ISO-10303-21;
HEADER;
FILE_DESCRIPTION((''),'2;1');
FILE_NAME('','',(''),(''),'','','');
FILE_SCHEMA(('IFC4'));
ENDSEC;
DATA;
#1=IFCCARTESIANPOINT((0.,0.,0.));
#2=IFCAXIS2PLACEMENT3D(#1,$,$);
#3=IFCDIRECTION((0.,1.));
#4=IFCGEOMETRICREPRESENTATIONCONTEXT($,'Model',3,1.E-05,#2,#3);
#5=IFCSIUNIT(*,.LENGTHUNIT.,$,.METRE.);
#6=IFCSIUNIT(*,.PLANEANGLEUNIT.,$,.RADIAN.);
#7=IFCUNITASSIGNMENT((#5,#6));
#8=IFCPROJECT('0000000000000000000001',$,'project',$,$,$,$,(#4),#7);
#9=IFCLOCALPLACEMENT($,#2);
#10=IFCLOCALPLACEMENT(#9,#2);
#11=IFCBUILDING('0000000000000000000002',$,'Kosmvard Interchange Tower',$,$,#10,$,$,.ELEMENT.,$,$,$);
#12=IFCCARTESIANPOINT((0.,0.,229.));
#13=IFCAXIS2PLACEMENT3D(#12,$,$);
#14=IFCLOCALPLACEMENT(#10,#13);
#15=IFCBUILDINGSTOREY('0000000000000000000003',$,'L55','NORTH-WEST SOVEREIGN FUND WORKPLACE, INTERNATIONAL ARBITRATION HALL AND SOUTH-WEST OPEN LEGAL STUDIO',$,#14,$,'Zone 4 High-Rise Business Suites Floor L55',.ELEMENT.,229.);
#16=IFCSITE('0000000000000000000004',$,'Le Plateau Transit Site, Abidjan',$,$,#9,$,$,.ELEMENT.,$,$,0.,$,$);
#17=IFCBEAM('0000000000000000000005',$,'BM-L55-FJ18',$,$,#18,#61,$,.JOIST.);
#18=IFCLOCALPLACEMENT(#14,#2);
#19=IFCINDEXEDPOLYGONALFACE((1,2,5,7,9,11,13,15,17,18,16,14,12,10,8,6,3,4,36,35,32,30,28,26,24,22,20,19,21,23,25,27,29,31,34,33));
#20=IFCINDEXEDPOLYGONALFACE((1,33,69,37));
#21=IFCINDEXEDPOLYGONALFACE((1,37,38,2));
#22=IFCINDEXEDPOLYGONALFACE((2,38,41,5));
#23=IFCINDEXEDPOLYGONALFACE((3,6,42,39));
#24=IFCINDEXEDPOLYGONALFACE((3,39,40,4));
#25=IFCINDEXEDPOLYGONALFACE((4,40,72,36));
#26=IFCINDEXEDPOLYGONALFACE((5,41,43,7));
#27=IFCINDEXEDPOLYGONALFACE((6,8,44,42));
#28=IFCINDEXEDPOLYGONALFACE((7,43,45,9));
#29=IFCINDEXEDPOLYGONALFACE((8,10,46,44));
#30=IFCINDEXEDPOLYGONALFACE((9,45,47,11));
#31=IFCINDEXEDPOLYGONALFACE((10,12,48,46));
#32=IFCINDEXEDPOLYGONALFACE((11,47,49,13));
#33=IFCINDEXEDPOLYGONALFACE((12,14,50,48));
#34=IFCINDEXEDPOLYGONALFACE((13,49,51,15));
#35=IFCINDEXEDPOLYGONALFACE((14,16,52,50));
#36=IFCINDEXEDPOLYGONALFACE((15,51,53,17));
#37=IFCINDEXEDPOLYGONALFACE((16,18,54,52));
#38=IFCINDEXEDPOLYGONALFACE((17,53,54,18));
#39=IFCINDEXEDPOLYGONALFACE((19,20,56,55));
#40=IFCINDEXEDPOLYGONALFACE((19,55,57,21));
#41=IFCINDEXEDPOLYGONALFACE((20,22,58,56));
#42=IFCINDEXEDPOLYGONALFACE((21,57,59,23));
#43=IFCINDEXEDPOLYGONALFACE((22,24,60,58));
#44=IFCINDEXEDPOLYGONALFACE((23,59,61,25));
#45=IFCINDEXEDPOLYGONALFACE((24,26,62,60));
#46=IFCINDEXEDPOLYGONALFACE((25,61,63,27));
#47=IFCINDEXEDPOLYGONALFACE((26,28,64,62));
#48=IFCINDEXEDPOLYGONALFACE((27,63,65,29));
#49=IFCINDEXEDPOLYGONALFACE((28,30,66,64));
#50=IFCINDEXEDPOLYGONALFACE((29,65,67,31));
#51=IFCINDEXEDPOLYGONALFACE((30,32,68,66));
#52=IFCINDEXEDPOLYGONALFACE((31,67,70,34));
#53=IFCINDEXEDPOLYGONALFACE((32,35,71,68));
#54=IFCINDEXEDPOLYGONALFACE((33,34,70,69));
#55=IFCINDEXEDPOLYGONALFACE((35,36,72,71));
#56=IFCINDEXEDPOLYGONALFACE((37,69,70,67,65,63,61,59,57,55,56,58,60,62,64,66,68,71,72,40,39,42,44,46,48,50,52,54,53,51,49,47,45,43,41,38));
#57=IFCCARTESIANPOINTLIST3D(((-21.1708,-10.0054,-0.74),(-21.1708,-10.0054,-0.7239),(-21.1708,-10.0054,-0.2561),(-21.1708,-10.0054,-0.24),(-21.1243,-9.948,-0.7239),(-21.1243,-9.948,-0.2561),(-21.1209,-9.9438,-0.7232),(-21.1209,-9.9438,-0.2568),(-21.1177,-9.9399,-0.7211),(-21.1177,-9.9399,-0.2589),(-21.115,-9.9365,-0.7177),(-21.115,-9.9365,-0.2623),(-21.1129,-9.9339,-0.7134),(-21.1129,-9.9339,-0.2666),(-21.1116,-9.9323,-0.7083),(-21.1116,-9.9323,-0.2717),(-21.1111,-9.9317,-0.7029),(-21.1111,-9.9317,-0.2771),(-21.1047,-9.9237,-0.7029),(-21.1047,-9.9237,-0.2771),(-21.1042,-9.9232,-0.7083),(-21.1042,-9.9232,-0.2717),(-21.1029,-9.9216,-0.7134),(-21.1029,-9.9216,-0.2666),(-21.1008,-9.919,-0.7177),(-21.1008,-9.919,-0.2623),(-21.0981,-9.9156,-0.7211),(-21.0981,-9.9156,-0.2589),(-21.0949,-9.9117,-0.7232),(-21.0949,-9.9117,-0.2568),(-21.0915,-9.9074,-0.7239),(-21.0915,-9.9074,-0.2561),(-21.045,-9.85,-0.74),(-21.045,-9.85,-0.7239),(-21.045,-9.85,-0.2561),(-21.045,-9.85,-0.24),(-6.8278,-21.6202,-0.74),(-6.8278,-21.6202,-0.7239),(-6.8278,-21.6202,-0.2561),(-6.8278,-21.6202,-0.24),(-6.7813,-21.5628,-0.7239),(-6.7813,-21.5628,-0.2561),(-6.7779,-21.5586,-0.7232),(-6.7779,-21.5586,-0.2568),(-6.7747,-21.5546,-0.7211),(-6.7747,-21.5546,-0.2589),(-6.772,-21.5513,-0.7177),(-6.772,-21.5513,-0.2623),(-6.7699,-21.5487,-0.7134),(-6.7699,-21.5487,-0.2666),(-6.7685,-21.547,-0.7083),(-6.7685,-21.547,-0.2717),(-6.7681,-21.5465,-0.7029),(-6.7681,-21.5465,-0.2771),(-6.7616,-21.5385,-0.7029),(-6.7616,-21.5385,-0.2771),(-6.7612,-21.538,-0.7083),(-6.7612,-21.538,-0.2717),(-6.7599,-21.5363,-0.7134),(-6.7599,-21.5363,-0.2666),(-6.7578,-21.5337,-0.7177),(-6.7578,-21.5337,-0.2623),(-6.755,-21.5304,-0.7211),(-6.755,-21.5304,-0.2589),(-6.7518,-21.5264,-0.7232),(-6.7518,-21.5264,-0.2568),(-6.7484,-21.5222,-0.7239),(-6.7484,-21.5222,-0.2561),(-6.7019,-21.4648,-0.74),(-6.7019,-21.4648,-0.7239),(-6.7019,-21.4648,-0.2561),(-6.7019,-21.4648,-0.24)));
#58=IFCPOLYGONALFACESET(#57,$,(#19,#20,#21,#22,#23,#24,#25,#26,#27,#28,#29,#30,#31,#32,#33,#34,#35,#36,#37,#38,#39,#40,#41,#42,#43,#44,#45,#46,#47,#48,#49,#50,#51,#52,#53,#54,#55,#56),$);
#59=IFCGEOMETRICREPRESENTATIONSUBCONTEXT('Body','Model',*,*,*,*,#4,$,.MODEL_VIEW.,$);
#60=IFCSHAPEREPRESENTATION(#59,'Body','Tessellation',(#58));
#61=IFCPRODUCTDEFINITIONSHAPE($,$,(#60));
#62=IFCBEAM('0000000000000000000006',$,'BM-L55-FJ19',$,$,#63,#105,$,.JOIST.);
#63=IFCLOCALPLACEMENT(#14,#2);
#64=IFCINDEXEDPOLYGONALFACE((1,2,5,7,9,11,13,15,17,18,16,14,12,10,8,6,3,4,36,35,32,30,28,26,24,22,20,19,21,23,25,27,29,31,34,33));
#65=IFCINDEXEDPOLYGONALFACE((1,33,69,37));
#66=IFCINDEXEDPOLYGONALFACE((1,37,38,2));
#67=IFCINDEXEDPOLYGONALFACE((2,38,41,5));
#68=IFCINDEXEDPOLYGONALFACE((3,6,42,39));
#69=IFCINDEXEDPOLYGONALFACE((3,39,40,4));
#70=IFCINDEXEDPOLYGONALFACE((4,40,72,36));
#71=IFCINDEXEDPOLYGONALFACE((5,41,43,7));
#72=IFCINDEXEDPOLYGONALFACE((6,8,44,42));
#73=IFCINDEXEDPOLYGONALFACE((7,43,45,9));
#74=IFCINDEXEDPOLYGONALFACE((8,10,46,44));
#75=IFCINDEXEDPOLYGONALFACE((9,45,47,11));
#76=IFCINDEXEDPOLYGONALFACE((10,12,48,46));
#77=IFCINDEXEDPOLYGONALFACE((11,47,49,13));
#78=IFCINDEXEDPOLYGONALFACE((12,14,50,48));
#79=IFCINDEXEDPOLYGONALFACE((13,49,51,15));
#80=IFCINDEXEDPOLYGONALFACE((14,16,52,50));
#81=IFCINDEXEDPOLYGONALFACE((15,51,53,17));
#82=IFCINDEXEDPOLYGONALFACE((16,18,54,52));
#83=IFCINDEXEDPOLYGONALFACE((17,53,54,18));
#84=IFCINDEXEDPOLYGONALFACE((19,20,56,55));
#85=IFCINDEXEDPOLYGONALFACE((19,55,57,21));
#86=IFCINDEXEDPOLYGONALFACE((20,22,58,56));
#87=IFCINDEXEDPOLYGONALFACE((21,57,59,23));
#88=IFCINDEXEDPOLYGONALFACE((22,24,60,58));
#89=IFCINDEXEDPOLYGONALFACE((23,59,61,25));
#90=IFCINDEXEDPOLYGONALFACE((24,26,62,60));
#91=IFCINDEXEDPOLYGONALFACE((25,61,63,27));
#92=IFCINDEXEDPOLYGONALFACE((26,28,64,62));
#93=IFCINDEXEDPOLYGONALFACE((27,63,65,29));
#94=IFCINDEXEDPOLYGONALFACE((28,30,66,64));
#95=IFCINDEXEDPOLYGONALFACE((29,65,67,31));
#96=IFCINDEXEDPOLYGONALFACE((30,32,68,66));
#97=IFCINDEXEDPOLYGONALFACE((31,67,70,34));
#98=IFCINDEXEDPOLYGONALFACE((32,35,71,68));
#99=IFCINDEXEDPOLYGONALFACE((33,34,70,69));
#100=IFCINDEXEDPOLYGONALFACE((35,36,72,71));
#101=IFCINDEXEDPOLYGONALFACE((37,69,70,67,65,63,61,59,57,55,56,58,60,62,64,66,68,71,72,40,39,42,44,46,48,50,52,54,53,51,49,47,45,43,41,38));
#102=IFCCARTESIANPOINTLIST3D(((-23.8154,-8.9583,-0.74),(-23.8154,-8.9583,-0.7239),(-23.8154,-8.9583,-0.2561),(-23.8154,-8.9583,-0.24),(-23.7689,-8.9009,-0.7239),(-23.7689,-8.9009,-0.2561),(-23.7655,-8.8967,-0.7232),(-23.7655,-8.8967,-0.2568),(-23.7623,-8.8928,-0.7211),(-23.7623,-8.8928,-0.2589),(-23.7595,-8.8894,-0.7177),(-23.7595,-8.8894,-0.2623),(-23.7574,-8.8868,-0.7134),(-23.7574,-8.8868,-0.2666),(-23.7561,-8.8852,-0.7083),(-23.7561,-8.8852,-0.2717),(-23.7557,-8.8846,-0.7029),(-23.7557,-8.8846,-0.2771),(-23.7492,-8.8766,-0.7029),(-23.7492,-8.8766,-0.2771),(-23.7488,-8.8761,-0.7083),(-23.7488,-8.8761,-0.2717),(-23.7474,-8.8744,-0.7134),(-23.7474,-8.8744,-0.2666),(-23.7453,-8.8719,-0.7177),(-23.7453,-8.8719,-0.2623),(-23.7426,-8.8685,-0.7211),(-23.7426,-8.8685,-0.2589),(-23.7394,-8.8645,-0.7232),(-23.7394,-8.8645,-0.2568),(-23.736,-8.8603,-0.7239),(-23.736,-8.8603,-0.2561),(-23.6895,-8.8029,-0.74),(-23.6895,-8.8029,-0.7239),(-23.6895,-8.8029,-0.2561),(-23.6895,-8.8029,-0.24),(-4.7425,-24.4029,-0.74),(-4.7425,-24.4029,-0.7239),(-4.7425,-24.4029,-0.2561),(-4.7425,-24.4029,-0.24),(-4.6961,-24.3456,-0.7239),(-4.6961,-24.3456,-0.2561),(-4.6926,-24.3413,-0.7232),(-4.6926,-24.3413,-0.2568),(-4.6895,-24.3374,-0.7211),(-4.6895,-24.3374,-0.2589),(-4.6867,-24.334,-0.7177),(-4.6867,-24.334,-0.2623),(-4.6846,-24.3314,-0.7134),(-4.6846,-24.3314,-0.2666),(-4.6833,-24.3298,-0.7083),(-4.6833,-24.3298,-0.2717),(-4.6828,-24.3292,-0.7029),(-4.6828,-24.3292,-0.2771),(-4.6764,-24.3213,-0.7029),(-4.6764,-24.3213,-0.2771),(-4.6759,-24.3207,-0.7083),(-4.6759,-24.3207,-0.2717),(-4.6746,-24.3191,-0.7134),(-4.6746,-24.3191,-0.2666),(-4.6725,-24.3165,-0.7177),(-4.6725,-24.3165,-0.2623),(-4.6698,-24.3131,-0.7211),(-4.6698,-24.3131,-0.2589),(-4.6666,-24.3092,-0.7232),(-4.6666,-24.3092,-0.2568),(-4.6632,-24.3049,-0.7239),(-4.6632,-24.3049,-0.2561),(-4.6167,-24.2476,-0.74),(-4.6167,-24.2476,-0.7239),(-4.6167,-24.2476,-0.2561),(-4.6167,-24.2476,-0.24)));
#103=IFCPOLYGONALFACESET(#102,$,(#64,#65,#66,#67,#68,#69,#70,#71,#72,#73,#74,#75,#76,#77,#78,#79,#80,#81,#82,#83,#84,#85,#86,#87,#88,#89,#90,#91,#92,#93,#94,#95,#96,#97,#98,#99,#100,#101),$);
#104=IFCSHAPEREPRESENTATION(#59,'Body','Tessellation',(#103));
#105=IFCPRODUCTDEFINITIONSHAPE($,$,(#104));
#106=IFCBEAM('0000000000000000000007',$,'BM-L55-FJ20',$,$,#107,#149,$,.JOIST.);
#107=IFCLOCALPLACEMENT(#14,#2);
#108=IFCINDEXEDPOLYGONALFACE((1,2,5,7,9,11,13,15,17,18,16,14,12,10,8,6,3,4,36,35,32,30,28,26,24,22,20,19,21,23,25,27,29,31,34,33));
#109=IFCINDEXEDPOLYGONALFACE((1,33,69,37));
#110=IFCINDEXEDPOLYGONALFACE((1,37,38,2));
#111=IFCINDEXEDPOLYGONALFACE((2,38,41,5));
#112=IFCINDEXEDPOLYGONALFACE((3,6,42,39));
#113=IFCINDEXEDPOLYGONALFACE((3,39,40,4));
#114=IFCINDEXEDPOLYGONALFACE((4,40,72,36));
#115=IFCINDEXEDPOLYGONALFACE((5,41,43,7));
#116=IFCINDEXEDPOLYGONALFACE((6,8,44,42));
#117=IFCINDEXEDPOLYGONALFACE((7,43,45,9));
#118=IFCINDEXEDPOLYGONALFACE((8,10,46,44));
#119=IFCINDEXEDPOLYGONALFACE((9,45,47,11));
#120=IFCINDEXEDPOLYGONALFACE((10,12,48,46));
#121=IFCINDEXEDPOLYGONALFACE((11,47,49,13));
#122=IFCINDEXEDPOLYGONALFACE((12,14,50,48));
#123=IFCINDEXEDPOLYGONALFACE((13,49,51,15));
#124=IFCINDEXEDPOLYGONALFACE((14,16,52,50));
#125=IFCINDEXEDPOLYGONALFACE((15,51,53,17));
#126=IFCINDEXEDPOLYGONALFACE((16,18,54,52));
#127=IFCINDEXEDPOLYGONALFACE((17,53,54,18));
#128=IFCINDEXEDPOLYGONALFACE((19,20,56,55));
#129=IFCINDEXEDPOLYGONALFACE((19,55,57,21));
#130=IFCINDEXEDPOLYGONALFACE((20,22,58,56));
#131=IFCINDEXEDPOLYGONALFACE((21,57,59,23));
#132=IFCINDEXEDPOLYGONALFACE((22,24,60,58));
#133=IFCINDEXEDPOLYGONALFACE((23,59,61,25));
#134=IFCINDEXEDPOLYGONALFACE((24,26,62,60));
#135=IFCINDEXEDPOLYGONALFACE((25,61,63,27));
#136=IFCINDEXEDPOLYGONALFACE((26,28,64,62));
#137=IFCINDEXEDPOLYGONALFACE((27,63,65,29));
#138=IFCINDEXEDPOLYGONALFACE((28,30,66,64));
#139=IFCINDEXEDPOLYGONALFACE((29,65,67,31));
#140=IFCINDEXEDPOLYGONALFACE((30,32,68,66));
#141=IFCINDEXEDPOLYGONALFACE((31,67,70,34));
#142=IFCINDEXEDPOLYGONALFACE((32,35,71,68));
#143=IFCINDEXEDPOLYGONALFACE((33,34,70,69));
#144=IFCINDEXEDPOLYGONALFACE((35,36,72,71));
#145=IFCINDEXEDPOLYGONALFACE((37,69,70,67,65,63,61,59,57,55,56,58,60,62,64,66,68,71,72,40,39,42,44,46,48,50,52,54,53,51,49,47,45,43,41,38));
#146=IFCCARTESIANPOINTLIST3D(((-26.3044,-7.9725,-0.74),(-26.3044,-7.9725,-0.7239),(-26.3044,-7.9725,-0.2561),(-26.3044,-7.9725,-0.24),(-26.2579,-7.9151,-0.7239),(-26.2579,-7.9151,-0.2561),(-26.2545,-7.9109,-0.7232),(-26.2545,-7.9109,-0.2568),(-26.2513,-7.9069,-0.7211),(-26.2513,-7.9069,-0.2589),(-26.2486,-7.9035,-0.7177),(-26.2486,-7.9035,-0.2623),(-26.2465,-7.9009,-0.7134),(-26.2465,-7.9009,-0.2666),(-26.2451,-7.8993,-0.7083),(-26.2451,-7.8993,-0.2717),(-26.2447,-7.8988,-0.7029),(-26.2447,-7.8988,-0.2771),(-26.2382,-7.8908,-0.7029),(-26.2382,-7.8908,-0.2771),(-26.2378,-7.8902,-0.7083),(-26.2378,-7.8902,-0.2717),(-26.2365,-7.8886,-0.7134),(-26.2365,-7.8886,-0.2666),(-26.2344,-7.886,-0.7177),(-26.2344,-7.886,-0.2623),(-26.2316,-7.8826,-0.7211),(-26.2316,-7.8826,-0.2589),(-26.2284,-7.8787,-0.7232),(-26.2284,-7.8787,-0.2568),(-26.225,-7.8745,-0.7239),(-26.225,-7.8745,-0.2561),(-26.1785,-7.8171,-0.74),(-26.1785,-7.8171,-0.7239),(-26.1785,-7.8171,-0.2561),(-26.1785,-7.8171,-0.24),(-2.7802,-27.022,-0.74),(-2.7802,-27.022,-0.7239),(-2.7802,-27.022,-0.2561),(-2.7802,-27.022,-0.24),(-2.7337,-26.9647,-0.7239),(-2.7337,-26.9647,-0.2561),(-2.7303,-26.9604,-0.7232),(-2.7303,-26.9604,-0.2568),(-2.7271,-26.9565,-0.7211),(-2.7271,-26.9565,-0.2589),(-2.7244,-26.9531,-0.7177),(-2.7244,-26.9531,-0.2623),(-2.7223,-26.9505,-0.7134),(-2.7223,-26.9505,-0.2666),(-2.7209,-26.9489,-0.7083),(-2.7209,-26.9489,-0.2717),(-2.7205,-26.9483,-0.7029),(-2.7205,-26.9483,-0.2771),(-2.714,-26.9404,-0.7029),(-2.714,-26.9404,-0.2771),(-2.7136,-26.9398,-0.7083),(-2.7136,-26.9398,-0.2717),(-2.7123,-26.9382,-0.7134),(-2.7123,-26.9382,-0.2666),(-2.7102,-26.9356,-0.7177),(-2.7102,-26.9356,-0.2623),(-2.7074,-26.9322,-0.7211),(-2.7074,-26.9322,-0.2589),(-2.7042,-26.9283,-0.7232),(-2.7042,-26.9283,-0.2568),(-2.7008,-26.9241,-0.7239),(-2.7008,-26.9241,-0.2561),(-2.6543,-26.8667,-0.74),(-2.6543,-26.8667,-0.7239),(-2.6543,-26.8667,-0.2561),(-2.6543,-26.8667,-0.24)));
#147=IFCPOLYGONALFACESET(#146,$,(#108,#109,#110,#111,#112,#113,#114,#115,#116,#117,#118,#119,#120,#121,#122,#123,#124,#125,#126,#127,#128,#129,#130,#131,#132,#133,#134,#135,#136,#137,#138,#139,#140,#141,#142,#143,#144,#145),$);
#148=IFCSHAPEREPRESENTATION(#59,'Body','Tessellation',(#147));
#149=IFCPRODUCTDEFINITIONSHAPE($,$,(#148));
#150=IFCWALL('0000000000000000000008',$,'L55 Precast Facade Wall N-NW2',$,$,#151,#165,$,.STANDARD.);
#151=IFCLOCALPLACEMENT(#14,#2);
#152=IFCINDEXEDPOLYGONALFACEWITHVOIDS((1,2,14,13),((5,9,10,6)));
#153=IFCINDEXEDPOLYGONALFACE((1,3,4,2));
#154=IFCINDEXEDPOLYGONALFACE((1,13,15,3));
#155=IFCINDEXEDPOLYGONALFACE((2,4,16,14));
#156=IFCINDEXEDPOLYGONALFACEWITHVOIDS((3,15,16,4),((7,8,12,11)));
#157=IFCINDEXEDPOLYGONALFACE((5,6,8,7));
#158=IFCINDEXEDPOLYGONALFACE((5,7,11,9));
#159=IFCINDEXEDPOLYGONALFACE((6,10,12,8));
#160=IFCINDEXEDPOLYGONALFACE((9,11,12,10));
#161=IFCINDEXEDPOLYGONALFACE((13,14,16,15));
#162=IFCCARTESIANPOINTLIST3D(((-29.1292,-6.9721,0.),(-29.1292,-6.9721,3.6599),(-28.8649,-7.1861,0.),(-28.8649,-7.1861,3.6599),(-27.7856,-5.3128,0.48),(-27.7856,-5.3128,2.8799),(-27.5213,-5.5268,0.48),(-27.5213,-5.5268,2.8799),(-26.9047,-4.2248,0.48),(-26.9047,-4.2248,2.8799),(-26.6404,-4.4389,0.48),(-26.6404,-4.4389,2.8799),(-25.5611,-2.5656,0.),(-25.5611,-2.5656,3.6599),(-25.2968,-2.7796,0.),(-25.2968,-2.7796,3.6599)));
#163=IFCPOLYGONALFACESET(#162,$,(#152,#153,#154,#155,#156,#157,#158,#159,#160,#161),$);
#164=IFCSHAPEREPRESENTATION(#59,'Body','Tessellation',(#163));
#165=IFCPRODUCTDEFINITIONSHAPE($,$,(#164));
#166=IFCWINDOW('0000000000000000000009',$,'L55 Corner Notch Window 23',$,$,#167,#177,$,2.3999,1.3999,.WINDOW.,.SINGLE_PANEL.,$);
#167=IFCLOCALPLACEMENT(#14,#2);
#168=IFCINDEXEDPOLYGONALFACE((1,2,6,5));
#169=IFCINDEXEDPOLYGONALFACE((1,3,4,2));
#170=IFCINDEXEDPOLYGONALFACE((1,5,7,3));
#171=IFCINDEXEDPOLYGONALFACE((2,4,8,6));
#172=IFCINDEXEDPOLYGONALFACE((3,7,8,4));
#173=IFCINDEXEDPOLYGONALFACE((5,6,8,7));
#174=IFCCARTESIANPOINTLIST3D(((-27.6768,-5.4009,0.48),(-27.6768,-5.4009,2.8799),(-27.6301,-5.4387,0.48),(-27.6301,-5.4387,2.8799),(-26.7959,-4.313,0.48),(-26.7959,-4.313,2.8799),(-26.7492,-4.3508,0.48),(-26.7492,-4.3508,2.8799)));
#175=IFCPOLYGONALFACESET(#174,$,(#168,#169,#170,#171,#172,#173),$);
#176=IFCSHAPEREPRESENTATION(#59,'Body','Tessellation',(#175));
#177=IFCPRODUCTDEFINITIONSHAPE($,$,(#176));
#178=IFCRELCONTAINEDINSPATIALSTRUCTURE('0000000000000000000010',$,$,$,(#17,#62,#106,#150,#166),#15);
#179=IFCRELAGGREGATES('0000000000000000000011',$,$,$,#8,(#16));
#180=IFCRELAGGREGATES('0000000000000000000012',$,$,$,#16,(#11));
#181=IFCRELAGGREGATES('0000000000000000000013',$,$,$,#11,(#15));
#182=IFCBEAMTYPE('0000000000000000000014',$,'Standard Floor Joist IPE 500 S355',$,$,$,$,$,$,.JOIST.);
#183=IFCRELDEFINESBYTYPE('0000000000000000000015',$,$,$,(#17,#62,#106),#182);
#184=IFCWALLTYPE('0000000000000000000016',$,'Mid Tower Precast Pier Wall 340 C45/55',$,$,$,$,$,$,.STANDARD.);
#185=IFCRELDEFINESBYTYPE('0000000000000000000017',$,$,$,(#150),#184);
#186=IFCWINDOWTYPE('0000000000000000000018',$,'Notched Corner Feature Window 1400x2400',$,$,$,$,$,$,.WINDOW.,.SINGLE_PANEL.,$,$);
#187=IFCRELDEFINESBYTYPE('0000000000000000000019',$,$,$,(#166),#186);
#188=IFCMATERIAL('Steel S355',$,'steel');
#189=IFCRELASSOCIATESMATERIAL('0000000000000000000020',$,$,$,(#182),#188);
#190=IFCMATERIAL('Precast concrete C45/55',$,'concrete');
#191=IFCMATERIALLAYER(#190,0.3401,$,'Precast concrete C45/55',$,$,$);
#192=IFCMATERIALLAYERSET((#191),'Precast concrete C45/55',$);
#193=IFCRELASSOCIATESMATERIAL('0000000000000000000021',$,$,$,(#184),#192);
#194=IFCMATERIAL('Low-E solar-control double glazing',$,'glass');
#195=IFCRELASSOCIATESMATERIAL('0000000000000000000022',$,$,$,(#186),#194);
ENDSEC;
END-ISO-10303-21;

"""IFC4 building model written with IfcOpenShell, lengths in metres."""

from ifc_helpers import new_model, si_unit, direction, frame, frame_2d, origin, origin_2d, place, context, subcontext, project, spatial, rectangle, i_section, extrude, source, transform, mapped, material, layer, layer_set, material_profile, profile_set, type_object, element, fill, save


model = new_model("IFC4")

# Units and contexts
model_context = context("Model", 3, precision=1e-05, world=origin(), true_north=direction((0.0, 1.0)))
body_context = subcontext(model_context, "Body", "Model", "MODEL_VIEW")
ifc_project = project(units=[si_unit("LENGTHUNIT", "METRE"), si_unit("PLANEANGLEUNIT", "RADIAN")], contexts=[model_context])

# Site, building, storey
site_placement = place(None, origin())
site = spatial("IfcSite", under=ifc_project, at=site_placement, Name="Le Plateau Transit Site, Abidjan", CompositionType="ELEMENT", RefElevation=0.0)
building_placement = place(site_placement, origin())
building = spatial("IfcBuilding", under=site, at=building_placement, Name="Kosmvard Interchange Tower", CompositionType="ELEMENT")
storey_placement = place(building_placement, frame((0.0, 0.0, 229.0)))
storey = spatial("IfcBuildingStorey", under=building, at=storey_placement, Name="L55", Description="NORTH-WEST SOVEREIGN FUND WORKPLACE, INTERNATIONAL ARBITRATION HALL AND SOUTH-WEST OPEN LEGAL STUDIO", LongName="Zone 4 High-Rise Business Suites Floor L55", CompositionType="ELEMENT", Elevation=229.0)

# Beams
ifc_material_1 = material(Name="Steel S355", Category="steel")
ifc_material_profile_1 = material_profile(ifc_material_1, i_section(OverallWidth=0.2, OverallDepth=0.5, WebThickness=0.0103, FlangeThickness=0.0161, FilletRadius=0.021, at=origin_2d()), Name="IPE 500")
ifc_profile_set_1 = profile_set([ifc_material_profile_1], Name="Steel S355")
beam_type_1 = type_object("IfcBeamType", Name="Standard Floor Joist IPE 500 S355", PredefinedType="JOIST", material=ifc_profile_set_1)
shared_shape_1 = source(origin(), body_context, "Body", "SweptSolid", [
    extrude(i_section(OverallWidth=0.2, OverallDepth=0.5, WebThickness=0.0103, FlangeThickness=0.0161, FilletRadius=0.021, at=origin_2d()), origin(), (0.0, 0.0, 1.0), 18.4561),
])
beam_1_placement = place(storey_placement, frame((-21.1079, -9.9277, -0.49), z_axis=(0.777146, -0.62932, 0.0), x_axis=(0.62932, 0.777146, 0.0)))
element("IfcBeam", 1, at=beam_1_placement, inside=storey, type_object=beam_type_1, Name="BM-L55-FJ18", PredefinedType="JOIST", context=body_context, shape_type="MappedRepresentation", body=[
    mapped(shared_shape_1, transform((0.0, 0.0, 0.0), scale=1.0)),
])
shared_shape_2 = source(origin(), body_context, "Body", "SweptSolid", [
    extrude(i_section(OverallWidth=0.2, OverallDepth=0.5, WebThickness=0.0103, FlangeThickness=0.0161, FilletRadius=0.021, at=origin_2d()), origin(), (0.0, 0.0, 1.0), 24.542),
])
beam_2_placement = place(storey_placement, frame((-23.7524, -8.8806, -0.49), z_axis=(0.777151, -0.629315, 0.0), x_axis=(0.629315, 0.777151, 0.0)))
element("IfcBeam", 2, at=beam_2_placement, inside=storey, type_object=beam_type_1, Name="BM-L55-FJ19", PredefinedType="JOIST", context=body_context, shape_type="MappedRepresentation", body=[
    mapped(shared_shape_2, transform((0.0, 0.0, 0.0), scale=1.0)),
])
shared_shape_3 = source(origin(), body_context, "Body", "SweptSolid", [
    extrude(i_section(OverallWidth=0.2, OverallDepth=0.5, WebThickness=0.0103, FlangeThickness=0.0161, FilletRadius=0.021, at=origin_2d()), origin(), (0.0, 0.0, 1.0), 30.27),
])
beam_3_placement = place(storey_placement, frame((-26.2415, -7.8948, -0.49), z_axis=(0.777145, -0.629322, 0.0), x_axis=(0.629322, 0.777145, 0.0)))
element("IfcBeam", 3, at=beam_3_placement, inside=storey, type_object=beam_type_1, Name="BM-L55-FJ20", PredefinedType="JOIST", context=body_context, shape_type="MappedRepresentation", body=[
    mapped(shared_shape_3, transform((0.0, 0.0, 0.0), scale=1.0)),
])

# Wall, opening, window
ifc_material_2 = material(Name="Precast concrete C45/55", Category="concrete")
ifc_layer_1 = layer(ifc_material_2, 0.3401, Name="Precast concrete C45/55")
ifc_layer_set_1 = layer_set([ifc_layer_1], Name="Precast concrete C45/55")
wall_type_1 = type_object("IfcWallType", Name="Mid Tower Precast Pier Wall 340 C45/55", PredefinedType="STANDARD", material=ifc_layer_set_1)
wall_1_placement = place(storey_placement, frame((-25.429, -2.6726, 0.0), z_axis=(0.0, 0.0, 1.0), x_axis=(-0.6293, -0.777163, 0.0)))
wall_1 = element("IfcWall", 4, at=wall_1_placement, inside=storey, type_object=wall_type_1, Name="L55 Precast Facade Wall N-NW2", PredefinedType="STANDARD", context=body_context, shape_type="SweptSolid", body=[
    extrude(rectangle(XDim=5.6699, YDim=0.3401, at=frame_2d((2.835, 0.0))), origin(), (0.0, 0.0, 1.0), 3.6599),
])
opening_1_placement = place(wall_1_placement, frame((2.135, 0.0, 0.48)))
opening_1 = element("IfcOpeningElement", 5, at=opening_1_placement, cuts=wall_1, PredefinedType="OPENING", context=body_context, shape_type="SweptSolid", body=[
    extrude(rectangle(XDim=1.3999, YDim=2.3999, at=frame_2d((0.7, 1.2))), frame((0.0, 0.1802, 0.0), z_axis=(0.0, -1.0, 0.0), x_axis=(1.0, 0.0, 0.0)), (0.0, 0.0, 1.0), 0.3601),
])
ifc_material_3 = material(Name="Low-E solar-control double glazing", Category="glass")
window_type_1 = type_object("IfcWindowType", Name="Notched Corner Feature Window 1400x2400", PartitioningType="SINGLE_PANEL", PredefinedType="WINDOW", material=ifc_material_3)
shared_shape_4 = source(origin(), body_context, "Body", "SweptSolid", [
    extrude(rectangle(XDim=1.3999, YDim=2.3999, at=frame_2d((0.7, 1.2))), frame((0.0, 0.03, 0.0), z_axis=(0.0, -1.0, 0.0), x_axis=(1.0, 0.0, 0.0)), (0.0, 0.0, 1.0), 0.0601),
])
window_1_placement = place(opening_1_placement, origin())
window_1 = element("IfcWindow", 6, at=window_1_placement, inside=storey, type_object=window_type_1, Name="L55 Corner Notch Window 23", OverallHeight=2.3999, OverallWidth=1.3999, PartitioningType="SINGLE_PANEL", PredefinedType="WINDOW", context=body_context, shape_type="MappedRepresentation", body=[
    mapped(shared_shape_4, transform((0.0, 0.0, 0.0), scale=1.0)),
])
fill(opening_1, window_1)

save(model, "model.ifc")
